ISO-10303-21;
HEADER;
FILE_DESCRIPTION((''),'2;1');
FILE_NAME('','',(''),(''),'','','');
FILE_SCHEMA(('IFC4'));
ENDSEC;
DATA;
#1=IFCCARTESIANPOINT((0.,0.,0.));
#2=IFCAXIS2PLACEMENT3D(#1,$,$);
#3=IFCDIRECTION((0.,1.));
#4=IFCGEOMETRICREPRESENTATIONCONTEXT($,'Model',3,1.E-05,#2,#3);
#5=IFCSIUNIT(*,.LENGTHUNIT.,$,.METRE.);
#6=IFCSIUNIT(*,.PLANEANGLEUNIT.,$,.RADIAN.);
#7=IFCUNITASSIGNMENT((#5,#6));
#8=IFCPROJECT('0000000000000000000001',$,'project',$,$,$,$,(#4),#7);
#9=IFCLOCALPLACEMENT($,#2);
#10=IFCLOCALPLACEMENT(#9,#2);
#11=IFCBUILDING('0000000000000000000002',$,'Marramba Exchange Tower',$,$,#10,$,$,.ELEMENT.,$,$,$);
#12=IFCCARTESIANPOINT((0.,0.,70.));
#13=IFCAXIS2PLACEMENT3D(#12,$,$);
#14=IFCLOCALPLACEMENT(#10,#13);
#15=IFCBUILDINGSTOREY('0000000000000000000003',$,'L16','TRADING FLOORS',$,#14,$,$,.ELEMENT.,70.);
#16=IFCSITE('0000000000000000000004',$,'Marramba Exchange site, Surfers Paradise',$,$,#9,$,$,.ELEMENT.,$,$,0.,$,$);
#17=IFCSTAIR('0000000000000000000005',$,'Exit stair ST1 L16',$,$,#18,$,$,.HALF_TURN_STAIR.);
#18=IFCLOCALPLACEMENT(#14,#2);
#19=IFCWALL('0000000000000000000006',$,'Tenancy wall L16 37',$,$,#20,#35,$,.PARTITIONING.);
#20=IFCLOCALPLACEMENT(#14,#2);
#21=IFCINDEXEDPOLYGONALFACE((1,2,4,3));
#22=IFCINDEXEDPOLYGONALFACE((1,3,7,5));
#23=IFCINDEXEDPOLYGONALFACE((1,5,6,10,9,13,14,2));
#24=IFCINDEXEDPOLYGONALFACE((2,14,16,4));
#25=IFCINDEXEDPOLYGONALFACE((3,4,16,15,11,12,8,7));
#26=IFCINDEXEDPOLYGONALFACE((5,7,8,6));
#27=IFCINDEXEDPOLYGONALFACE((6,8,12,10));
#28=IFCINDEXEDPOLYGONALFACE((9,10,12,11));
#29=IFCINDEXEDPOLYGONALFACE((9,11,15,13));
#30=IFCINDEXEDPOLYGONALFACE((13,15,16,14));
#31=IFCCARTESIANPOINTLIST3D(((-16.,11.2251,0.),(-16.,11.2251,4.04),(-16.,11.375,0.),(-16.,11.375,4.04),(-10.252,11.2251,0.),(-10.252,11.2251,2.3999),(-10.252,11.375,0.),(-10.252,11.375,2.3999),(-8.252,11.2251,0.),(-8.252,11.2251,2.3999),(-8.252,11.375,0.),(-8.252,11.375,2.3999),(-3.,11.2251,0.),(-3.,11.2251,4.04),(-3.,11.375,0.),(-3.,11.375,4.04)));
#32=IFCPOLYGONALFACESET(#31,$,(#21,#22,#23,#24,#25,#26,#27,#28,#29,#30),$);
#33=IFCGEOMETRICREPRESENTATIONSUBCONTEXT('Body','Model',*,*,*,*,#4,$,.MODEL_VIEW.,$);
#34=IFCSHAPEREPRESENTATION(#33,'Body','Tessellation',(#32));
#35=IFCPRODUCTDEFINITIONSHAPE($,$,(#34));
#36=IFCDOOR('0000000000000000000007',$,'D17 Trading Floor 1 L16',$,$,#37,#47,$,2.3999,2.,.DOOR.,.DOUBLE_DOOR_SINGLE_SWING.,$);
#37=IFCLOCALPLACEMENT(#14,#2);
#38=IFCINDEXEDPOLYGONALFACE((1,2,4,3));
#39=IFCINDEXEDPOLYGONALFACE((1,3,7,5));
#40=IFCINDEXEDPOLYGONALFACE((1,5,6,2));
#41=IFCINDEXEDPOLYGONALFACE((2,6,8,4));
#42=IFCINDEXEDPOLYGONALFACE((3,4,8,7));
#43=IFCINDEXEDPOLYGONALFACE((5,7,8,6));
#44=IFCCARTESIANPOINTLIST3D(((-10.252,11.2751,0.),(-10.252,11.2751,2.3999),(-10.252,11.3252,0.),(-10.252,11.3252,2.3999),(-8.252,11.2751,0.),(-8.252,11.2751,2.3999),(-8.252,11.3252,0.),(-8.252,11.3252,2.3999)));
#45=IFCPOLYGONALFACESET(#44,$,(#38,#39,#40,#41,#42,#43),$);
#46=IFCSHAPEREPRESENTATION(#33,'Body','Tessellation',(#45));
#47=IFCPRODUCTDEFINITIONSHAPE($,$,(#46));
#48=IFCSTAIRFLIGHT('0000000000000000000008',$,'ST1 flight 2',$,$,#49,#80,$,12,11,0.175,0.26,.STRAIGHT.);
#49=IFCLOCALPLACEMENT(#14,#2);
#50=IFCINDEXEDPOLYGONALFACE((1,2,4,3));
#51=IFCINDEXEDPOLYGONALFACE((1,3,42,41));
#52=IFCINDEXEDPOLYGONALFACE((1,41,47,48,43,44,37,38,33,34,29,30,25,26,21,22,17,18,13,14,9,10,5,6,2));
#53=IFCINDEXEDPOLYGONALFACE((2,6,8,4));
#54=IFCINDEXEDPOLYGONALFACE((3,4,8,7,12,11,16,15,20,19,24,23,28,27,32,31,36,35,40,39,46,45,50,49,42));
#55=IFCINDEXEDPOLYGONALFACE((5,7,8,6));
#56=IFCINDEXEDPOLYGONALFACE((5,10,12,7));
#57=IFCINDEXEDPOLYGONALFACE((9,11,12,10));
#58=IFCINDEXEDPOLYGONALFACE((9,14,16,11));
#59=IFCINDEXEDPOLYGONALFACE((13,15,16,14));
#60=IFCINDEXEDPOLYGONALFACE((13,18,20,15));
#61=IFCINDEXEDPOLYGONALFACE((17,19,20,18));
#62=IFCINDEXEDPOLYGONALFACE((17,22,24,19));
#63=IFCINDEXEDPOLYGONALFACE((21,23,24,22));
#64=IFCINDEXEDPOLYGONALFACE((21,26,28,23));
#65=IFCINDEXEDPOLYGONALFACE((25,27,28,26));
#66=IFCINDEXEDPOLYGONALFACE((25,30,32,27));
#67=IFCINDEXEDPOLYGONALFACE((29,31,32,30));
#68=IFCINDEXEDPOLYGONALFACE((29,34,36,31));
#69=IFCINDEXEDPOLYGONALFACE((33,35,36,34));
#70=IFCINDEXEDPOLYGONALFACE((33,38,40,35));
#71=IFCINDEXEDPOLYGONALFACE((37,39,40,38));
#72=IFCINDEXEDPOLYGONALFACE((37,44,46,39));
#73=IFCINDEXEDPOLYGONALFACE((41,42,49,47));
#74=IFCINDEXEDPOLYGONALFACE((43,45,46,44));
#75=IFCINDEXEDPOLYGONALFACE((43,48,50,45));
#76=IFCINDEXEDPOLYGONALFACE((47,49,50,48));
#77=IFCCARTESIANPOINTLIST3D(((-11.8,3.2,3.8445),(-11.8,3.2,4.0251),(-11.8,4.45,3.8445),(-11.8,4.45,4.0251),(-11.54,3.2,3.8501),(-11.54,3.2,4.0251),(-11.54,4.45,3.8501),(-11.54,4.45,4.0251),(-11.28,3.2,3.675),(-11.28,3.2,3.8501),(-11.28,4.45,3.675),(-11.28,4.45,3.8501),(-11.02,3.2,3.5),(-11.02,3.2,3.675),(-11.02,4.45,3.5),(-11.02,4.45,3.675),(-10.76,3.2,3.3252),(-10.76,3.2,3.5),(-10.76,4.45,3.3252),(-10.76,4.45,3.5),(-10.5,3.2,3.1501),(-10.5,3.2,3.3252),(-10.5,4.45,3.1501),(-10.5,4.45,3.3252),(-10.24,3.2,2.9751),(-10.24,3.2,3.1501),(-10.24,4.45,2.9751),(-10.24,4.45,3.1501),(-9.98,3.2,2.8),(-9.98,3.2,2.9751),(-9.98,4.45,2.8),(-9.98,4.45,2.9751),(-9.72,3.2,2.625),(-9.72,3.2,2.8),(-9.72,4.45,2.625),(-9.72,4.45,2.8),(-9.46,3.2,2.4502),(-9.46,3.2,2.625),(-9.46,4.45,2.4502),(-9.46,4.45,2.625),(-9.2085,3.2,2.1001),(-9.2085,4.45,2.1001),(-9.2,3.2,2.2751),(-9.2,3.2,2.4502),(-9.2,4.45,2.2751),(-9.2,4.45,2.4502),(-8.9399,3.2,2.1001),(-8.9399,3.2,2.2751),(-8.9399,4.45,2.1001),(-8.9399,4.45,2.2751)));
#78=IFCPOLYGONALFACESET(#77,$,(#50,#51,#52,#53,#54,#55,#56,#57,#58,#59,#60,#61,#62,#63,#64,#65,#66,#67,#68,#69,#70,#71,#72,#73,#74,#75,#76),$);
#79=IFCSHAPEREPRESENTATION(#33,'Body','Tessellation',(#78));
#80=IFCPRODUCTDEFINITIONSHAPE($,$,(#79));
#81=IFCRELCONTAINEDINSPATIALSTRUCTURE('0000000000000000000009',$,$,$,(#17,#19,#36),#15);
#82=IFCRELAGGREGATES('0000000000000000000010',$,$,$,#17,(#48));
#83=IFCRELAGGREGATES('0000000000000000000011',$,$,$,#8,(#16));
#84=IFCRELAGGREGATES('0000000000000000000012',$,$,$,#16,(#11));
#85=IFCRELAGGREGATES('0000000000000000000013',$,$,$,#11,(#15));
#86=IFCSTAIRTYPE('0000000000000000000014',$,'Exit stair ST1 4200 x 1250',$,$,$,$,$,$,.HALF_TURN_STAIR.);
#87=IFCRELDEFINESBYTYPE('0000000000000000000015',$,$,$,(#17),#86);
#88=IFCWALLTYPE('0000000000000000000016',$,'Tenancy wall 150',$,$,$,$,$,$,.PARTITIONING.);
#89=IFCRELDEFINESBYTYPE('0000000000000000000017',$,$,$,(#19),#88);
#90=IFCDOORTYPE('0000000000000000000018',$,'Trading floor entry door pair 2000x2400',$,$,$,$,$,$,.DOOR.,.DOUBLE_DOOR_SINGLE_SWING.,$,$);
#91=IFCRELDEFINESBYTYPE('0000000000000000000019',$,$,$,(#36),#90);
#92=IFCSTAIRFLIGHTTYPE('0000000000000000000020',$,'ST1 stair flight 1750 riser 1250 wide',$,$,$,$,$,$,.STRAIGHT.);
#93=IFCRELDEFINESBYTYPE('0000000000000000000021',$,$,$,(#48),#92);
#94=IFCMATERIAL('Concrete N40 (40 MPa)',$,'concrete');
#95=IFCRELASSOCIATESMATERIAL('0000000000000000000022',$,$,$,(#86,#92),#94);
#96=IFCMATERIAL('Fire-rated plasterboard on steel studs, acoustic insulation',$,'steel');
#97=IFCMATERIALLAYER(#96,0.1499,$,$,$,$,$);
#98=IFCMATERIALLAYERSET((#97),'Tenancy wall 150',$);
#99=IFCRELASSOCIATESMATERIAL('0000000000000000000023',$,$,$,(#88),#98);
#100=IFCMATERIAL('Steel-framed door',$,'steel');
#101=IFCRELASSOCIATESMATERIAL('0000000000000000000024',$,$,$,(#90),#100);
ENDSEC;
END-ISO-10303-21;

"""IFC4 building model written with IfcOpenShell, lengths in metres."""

from ifc_helpers import new_model, si_unit, direction, frame, frame_2d, origin, place, context, subcontext, project, spatial, polyline, rectangle, outline, extrude, material, layer, layer_set, type_object, element, fill, aggregate, save


model = new_model("IFC4")

# Units and contexts
model_context = context("Model", 3, precision=1e-05, world=origin(), true_north=direction((0.0, 1.0)))
body_context = subcontext(model_context, "Body", "Model", "MODEL_VIEW")
ifc_project = project(units=[si_unit("LENGTHUNIT", "METRE"), si_unit("PLANEANGLEUNIT", "RADIAN")], contexts=[model_context])

# Site, building, storey
site_placement = place(None, origin())
site = spatial("IfcSite", under=ifc_project, at=site_placement, Name="Marramba Exchange site, Surfers Paradise", CompositionType="ELEMENT", RefElevation=0.0)
building_placement = place(site_placement, origin())
building = spatial("IfcBuilding", under=site, at=building_placement, Name="Marramba Exchange Tower", CompositionType="ELEMENT")
storey_placement = place(building_placement, frame((0.0, 0.0, 70.0)))
storey = spatial("IfcBuildingStorey", under=building, at=storey_placement, Name="L16", Description="TRADING FLOORS", CompositionType="ELEMENT", Elevation=70.0)

# Stair
ifc_material_1 = material(Name="Concrete N40 (40 MPa)", Category="concrete")
stair_type_1 = type_object("IfcStairType", Name="Exit stair ST1 4200 x 1250", PredefinedType="HALF_TURN_STAIR", material=ifc_material_1)
stair_1_placement = place(storey_placement, origin())
stair_1 = element("IfcStair", 1, at=stair_1_placement, inside=storey, type_object=stair_type_1, Name="Exit stair ST1 L16", PredefinedType="HALF_TURN_STAIR")

# Wall, opening, door
ifc_material_2 = material(Name="Fire-rated plasterboard on steel studs, acoustic insulation", Category="steel")
ifc_layer_1 = layer(ifc_material_2, 0.1499)
ifc_layer_set_1 = layer_set([ifc_layer_1], Name="Tenancy wall 150")
wall_type_1 = type_object("IfcWallType", Name="Tenancy wall 150", PredefinedType="PARTITIONING", material=ifc_layer_set_1)
wall_1_placement = place(storey_placement, frame((-3.0, 11.3, 0.0), z_axis=(0.0, 0.0, 1.0), x_axis=(-1.0, 0.0, 0.0)))
wall_1 = element("IfcWall", 2, at=wall_1_placement, inside=storey, type_object=wall_type_1, Name="Tenancy wall L16 37", PredefinedType="PARTITIONING", context=body_context, shape_type="SweptSolid", body=[
    extrude(rectangle(XDim=13.0, YDim=0.1499, at=frame_2d((6.5, 0.0))), origin(), (0.0, 0.0, 1.0), 4.04),
])
opening_1_placement = place(wall_1_placement, frame((5.252, 0.0, 0.0)))
opening_1 = element("IfcOpeningElement", 3, at=opening_1_placement, cuts=wall_1, PredefinedType="OPENING", context=body_context, shape_type="SweptSolid", body=[
    extrude(rectangle(XDim=2.0, YDim=2.3999, at=frame_2d((1.0, 1.2))), frame((0.0, 0.085, 0.0), z_axis=(0.0, -1.0, 0.0), x_axis=(1.0, 0.0, 0.0)), (0.0, 0.0, 1.0), 0.1699),
])
ifc_material_3 = material(Name="Steel-framed door", Category="steel")
door_type_1 = type_object("IfcDoorType", Name="Trading floor entry door pair 2000x2400", OperationType="DOUBLE_DOOR_SINGLE_SWING", PredefinedType="DOOR", material=ifc_material_3)
door_1_placement = place(opening_1_placement, origin())
door_1 = element("IfcDoor", 4, at=door_1_placement, inside=storey, type_object=door_type_1, Name="D17 Trading Floor 1 L16", OperationType="DOUBLE_DOOR_SINGLE_SWING", OverallHeight=2.3999, OverallWidth=2.0, PredefinedType="DOOR", context=body_context, shape_type="SweptSolid", body=[
    extrude(rectangle(XDim=2.0, YDim=2.3999, at=frame_2d((1.0, 1.2))), frame((0.0, 0.0249, 0.0), z_axis=(0.0, -1.0, 0.0), x_axis=(1.0, 0.0, 0.0)), (0.0, 0.0, 1.0), 0.05),
])
fill(opening_1, door_1)

# Stair flight
stair_flight_type = type_object("IfcStairFlightType", Name="ST1 stair flight 1750 riser 1250 wide", PredefinedType="STRAIGHT", material=ifc_material_1)
stair_flight_placement = place(storey_placement, frame((-8.9399, 3.825, 2.1001), z_axis=(0.0, 0.0, 1.0), x_axis=(-1.0, 0.0, 0.0)))
stair_flight = element("IfcStairFlight", 5, at=stair_flight_placement, type_object=stair_flight_type, Name="ST1 flight 2", NumberOfRisers=12, NumberOfTreads=11, PredefinedType="STRAIGHT", RiserHeight=0.175, TreadLength=0.26, context=body_context, shape_type="SweptSolid", body=[
    extrude(outline(polyline([(0.0, 0.0), (0.0, 0.175), (0.26, 0.175), (0.26, 0.3501), (0.52, 0.3501), (0.52, 0.5249), (0.78, 0.5249), (0.78, 0.7), (1.04, 0.7), (1.04, 0.875), (1.3, 0.875), (1.3, 1.05), (1.5601, 1.05), (1.5601, 1.2251), (1.8201, 1.2251), (1.8201, 1.3999), (2.0801, 1.3999), (2.0801, 1.575), (2.3401, 1.575), (2.3401, 1.75), (2.6001, 1.75), (2.6001, 1.925), (2.8601, 1.925), (2.8601, 2.1001), (2.8601, 1.7444), (0.2686, 0.0), (0.0, 0.0)])), frame((0.0, 0.625, 0.0), z_axis=(0.0, -1.0, 0.0), x_axis=(1.0, 0.0, 0.0)), (0.0, 0.0, 1.0), 1.25),
])
aggregate(stair_1, [stair_flight])

save(model, "model.ifc")
